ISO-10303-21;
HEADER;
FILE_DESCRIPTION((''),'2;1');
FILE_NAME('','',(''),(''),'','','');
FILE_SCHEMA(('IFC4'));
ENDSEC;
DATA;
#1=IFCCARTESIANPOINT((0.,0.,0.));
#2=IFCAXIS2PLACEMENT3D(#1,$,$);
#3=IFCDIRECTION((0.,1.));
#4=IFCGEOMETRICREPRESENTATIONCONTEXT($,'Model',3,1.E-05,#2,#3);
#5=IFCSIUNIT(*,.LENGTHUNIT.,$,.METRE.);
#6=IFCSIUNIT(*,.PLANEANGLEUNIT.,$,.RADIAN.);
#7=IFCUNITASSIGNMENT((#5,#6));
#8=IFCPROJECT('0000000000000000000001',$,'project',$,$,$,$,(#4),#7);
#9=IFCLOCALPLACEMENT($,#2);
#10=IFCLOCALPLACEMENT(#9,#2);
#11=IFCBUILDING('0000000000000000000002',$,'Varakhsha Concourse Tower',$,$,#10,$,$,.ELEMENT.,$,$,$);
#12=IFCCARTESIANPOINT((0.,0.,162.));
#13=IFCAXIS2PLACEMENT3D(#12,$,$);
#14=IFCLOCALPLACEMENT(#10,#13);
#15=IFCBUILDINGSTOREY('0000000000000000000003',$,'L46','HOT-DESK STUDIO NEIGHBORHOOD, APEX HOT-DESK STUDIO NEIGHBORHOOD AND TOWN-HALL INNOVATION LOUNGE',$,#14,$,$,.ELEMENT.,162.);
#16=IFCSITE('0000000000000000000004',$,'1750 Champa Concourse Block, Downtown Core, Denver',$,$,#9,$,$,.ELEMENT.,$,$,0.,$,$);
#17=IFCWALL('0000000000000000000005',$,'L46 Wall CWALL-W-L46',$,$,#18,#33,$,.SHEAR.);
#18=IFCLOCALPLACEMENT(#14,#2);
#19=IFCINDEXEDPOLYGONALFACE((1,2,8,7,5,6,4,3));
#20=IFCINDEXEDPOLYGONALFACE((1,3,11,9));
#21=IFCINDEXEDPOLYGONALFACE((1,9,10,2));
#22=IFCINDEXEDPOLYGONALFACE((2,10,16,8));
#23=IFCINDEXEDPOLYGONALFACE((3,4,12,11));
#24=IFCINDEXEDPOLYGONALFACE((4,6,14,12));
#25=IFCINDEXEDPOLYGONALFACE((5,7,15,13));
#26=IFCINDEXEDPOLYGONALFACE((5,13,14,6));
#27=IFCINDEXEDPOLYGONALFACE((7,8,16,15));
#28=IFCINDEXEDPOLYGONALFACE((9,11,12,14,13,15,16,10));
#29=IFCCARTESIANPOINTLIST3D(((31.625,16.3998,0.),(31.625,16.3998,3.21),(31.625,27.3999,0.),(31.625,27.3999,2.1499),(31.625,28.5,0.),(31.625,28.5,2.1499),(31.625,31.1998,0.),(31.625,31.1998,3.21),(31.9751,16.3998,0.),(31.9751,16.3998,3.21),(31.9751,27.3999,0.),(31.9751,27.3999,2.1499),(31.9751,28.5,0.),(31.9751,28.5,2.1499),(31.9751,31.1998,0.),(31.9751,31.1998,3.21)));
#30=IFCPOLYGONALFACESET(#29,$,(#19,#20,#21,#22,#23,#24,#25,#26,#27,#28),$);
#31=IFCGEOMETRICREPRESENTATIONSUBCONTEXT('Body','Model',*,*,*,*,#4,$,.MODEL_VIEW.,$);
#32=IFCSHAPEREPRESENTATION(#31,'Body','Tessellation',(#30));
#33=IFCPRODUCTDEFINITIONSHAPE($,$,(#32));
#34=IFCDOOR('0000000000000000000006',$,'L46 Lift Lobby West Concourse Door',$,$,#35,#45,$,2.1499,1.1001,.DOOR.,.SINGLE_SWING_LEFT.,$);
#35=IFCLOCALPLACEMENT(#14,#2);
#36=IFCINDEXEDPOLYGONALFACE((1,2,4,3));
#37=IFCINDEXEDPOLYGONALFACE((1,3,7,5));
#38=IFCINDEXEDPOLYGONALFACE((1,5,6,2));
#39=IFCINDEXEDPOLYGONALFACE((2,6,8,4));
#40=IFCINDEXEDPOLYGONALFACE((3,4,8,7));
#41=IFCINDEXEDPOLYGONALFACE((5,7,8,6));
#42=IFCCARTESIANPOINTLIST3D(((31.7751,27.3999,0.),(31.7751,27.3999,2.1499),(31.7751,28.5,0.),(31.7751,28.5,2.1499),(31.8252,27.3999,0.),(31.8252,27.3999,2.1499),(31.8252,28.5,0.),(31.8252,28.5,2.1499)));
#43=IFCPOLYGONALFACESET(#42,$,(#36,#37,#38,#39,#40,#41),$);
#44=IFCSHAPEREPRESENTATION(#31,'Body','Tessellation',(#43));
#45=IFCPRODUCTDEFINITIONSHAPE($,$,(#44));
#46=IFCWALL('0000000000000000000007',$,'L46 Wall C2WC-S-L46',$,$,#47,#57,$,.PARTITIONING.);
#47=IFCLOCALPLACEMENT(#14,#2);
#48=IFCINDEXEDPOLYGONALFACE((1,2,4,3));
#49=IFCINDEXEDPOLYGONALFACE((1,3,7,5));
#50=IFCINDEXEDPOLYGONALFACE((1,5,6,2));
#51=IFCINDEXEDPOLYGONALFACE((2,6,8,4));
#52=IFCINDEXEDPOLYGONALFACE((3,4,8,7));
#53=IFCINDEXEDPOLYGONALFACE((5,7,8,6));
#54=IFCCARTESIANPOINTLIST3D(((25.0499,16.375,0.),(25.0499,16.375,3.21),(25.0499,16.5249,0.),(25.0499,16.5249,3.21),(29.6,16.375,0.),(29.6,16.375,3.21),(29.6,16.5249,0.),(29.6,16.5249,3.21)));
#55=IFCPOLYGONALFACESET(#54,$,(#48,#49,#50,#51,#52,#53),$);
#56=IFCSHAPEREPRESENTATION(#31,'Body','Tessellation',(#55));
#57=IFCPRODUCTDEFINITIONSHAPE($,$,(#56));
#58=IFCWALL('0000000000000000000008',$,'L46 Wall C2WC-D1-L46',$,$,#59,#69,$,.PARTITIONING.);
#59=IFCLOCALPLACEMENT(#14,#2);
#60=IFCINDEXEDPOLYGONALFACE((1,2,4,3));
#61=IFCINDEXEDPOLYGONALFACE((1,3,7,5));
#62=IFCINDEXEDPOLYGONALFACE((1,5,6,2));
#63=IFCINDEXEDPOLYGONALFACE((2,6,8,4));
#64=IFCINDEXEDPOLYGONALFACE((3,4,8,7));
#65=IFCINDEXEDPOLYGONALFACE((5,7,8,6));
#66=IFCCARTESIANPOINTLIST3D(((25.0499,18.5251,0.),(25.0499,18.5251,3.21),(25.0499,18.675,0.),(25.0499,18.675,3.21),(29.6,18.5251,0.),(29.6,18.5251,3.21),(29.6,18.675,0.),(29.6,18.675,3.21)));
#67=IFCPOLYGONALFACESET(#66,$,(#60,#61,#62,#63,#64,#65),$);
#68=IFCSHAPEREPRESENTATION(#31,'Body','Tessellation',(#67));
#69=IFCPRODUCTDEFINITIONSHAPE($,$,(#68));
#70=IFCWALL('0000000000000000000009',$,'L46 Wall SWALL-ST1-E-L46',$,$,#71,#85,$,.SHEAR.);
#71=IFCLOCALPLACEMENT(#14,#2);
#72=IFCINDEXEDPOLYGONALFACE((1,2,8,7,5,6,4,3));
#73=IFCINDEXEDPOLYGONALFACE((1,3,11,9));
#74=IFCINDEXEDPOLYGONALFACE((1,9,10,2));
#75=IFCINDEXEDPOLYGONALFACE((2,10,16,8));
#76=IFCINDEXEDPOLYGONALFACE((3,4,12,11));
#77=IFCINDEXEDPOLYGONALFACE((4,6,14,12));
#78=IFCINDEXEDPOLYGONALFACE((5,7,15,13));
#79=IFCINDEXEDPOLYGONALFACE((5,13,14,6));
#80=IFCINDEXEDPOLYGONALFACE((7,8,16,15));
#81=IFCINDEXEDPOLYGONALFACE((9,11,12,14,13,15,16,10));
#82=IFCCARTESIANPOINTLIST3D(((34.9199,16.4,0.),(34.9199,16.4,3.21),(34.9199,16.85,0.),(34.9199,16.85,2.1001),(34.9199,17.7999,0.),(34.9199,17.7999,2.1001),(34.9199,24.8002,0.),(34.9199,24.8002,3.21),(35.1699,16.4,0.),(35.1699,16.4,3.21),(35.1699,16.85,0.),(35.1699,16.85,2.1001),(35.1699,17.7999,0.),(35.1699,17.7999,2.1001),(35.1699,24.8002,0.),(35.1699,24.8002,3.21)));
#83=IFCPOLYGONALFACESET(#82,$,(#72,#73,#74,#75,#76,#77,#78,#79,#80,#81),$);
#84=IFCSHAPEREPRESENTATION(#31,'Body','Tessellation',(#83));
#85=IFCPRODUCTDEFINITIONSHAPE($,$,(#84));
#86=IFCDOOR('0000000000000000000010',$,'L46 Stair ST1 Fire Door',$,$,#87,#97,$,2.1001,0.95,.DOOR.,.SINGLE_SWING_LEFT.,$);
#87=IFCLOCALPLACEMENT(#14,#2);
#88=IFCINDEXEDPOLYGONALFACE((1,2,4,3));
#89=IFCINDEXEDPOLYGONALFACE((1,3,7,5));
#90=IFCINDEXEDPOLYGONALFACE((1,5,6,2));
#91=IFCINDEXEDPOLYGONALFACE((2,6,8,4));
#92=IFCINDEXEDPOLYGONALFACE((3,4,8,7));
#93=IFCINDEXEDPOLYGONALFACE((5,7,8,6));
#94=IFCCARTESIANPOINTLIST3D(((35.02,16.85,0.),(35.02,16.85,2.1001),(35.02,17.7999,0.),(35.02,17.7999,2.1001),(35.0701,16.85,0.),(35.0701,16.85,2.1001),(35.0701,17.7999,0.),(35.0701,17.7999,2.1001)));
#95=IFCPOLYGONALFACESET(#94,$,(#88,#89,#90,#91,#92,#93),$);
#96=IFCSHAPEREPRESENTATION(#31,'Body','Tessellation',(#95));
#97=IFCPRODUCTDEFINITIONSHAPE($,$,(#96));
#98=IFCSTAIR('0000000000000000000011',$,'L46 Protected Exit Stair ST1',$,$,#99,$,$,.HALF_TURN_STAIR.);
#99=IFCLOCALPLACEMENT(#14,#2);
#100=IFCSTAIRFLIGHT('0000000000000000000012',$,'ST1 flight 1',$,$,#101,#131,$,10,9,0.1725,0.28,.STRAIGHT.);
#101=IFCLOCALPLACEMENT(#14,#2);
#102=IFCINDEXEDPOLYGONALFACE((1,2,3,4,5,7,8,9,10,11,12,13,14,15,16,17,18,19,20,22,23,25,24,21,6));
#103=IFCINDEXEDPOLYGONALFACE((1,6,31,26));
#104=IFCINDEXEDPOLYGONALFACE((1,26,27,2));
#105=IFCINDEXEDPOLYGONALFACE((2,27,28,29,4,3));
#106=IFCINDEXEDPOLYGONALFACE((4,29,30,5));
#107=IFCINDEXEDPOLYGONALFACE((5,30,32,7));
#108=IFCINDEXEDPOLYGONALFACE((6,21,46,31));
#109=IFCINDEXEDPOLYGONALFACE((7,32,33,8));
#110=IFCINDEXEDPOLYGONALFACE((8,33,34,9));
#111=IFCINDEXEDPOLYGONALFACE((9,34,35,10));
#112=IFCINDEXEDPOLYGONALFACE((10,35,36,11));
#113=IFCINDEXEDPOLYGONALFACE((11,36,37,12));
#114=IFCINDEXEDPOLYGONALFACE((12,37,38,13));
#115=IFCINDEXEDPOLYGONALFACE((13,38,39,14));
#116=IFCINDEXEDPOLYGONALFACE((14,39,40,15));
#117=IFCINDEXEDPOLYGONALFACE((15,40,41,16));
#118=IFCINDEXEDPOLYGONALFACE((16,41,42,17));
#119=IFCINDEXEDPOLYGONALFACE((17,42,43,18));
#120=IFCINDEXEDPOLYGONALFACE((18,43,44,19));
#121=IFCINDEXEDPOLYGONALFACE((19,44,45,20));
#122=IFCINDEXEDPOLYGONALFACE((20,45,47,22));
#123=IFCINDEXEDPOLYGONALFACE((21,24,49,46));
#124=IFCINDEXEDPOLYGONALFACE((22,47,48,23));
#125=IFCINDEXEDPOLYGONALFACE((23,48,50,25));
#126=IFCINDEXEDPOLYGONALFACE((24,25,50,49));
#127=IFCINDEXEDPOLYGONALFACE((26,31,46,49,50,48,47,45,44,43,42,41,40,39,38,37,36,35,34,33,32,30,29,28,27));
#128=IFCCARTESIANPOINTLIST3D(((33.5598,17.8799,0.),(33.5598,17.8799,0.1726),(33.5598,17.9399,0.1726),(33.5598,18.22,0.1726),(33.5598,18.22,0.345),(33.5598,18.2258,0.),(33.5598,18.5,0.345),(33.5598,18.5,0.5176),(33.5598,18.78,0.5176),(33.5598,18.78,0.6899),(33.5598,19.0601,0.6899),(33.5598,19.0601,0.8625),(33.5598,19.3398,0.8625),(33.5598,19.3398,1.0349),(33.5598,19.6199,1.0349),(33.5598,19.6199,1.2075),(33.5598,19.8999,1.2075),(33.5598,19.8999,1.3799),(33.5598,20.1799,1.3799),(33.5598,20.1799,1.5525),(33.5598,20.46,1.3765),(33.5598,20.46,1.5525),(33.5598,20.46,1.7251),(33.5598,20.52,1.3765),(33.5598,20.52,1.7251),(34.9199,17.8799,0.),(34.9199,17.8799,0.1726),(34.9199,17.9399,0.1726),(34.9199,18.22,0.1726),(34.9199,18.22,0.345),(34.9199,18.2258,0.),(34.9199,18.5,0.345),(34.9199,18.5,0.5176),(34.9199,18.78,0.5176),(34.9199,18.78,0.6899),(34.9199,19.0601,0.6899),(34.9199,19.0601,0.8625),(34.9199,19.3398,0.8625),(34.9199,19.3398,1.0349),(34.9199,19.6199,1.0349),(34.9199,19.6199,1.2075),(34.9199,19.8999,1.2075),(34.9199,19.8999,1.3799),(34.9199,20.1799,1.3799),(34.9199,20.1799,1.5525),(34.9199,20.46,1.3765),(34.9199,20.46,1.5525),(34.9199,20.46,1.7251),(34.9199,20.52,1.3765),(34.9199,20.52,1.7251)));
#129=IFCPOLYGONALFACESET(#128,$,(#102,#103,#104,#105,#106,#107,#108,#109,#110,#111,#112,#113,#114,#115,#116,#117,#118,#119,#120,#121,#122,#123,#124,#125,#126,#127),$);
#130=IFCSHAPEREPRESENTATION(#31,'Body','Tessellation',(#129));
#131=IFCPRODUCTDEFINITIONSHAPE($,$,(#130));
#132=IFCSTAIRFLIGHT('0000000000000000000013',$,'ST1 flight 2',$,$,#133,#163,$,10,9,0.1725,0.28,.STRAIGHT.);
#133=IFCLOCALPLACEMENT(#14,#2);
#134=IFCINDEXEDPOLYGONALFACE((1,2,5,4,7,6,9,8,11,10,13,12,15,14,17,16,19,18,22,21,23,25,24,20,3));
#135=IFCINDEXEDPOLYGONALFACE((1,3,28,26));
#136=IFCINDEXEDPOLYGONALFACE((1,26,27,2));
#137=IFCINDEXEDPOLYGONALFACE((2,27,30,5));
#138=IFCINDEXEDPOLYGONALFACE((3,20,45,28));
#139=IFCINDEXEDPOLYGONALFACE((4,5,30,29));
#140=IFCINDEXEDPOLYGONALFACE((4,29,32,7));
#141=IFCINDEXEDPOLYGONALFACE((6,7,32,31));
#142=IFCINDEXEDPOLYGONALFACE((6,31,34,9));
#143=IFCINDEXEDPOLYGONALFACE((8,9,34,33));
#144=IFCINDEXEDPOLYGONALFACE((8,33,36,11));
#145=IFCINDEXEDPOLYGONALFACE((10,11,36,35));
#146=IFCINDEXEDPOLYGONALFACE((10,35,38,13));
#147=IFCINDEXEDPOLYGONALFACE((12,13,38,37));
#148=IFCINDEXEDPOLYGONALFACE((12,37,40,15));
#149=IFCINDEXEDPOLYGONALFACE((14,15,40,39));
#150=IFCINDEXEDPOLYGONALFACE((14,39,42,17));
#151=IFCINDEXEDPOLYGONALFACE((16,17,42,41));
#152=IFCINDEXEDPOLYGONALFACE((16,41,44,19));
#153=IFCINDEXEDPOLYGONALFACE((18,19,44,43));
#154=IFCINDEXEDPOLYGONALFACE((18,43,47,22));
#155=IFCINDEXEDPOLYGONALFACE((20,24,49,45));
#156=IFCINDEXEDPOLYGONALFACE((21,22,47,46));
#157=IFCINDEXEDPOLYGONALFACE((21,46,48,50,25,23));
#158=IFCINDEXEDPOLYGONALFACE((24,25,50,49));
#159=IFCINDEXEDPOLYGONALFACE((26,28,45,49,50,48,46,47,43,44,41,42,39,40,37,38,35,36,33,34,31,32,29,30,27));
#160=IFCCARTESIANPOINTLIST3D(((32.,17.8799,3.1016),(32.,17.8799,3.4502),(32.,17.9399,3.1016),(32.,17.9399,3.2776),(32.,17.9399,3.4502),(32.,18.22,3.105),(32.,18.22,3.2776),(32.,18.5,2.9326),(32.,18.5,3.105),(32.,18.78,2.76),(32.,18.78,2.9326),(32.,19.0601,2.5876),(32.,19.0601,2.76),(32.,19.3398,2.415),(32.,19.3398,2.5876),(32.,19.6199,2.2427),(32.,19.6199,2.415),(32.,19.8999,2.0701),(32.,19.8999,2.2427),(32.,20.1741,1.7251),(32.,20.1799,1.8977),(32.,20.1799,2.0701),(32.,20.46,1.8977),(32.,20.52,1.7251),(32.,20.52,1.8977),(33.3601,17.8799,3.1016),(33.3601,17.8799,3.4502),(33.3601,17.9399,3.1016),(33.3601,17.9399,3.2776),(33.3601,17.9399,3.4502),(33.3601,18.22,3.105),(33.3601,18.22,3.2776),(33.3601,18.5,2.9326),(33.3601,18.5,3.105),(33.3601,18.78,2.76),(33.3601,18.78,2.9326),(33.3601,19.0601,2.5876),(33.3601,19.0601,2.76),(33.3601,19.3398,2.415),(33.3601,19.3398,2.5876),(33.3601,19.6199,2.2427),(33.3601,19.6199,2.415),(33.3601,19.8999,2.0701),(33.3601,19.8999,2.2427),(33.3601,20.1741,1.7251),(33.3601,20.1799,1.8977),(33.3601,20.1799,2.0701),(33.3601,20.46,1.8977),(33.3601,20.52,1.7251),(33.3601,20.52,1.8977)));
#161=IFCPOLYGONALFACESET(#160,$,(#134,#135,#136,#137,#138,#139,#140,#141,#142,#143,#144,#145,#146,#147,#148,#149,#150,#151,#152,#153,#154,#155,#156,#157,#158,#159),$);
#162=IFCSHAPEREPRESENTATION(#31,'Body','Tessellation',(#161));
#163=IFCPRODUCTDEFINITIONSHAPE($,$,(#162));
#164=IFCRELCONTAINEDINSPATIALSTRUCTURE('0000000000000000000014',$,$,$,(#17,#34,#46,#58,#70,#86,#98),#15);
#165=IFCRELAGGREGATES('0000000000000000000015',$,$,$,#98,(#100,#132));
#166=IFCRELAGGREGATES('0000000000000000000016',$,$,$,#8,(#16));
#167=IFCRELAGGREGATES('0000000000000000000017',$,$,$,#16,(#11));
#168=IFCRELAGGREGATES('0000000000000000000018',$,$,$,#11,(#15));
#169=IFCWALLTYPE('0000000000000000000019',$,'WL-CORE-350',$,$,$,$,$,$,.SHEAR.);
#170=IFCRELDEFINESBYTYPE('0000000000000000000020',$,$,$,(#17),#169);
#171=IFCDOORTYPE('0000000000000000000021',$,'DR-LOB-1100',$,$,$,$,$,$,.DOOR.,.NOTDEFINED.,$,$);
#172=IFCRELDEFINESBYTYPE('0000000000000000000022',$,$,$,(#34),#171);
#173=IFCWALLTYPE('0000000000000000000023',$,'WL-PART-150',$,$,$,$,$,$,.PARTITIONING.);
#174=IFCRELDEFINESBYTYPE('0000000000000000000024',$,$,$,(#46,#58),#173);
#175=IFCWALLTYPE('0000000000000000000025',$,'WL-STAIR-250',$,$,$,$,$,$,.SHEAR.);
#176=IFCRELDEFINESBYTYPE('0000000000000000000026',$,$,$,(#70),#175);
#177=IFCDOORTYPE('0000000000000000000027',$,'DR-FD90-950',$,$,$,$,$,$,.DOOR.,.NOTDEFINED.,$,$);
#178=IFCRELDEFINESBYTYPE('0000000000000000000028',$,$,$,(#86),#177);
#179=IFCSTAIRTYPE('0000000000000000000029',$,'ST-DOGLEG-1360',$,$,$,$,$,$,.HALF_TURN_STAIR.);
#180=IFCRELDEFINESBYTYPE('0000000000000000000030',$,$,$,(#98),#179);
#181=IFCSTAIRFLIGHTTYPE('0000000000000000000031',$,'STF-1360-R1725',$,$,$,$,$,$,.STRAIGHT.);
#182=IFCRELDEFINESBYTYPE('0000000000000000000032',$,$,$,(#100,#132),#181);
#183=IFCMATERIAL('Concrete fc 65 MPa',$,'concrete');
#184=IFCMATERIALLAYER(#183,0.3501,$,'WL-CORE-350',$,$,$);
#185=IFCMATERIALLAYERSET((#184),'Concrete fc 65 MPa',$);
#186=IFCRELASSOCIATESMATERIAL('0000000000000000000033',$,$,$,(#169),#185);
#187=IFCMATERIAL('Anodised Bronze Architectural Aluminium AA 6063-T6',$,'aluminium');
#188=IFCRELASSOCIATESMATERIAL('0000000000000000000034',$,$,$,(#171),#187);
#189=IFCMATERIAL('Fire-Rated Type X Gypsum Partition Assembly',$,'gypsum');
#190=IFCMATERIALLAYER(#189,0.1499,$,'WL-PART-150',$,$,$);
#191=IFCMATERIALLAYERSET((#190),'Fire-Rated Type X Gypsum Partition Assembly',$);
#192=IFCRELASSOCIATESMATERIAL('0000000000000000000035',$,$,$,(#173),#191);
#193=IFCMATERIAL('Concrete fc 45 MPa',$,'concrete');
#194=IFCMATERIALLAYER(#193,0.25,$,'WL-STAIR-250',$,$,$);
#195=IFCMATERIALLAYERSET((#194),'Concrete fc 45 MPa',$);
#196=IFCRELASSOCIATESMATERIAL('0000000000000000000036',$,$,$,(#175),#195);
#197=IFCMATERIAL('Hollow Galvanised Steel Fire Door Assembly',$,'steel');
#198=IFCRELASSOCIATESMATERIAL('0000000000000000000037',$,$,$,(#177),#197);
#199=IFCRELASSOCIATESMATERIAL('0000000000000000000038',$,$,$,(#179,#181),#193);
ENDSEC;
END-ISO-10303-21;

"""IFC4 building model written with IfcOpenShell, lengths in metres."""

from ifc_helpers import new_model, si_unit, direction, frame, frame_2d, origin, place, context, subcontext, project, spatial, polyline, rectangle, outline, extrude, material, layer, layer_set, type_object, element, fill, aggregate, save


model = new_model("IFC4")

# Units and contexts
model_context = context("Model", 3, precision=1e-05, world=origin(), true_north=direction((0.0, 1.0)))
body_context = subcontext(model_context, "Body", "Model", "MODEL_VIEW")
ifc_project = project(units=[si_unit("LENGTHUNIT", "METRE"), si_unit("PLANEANGLEUNIT", "RADIAN")], contexts=[model_context])

# Site, building, storey
site_placement = place(None, origin())
site = spatial("IfcSite", under=ifc_project, at=site_placement, Name="1750 Champa Concourse Block, Downtown Core, Denver", CompositionType="ELEMENT", RefElevation=0.0)
building_placement = place(site_placement, origin())
building = spatial("IfcBuilding", under=site, at=building_placement, Name="Varakhsha Concourse Tower", CompositionType="ELEMENT")
storey_placement = place(building_placement, frame((0.0, 0.0, 162.0)))
storey = spatial("IfcBuildingStorey", under=building, at=storey_placement, Name="L46", Description="HOT-DESK STUDIO NEIGHBORHOOD, APEX HOT-DESK STUDIO NEIGHBORHOOD AND TOWN-HALL INNOVATION LOUNGE", CompositionType="ELEMENT", Elevation=162.0)

# Shared definitions
ifc_material_1 = material(Name="Concrete fc 65 MPa", Category="concrete")

# Shared definitions
ifc_layer_1 = layer(ifc_material_1, 0.3501, Name="WL-CORE-350")
ifc_layer_set_1 = layer_set([ifc_layer_1], Name="Concrete fc 65 MPa")
wall_type_1 = type_object("IfcWallType", Name="WL-CORE-350", PredefinedType="SHEAR", material=ifc_layer_set_1)
ifc_material_2 = material(Name="Hollow Galvanised Steel Fire Door Assembly", Category="steel")

# Wall, opening, door
wall_1_placement = place(storey_placement, frame((31.8, 16.3999, 0.0), z_axis=(0.0, 0.0, 1.0), x_axis=(0.0, 1.0, 0.0)))
wall_1 = element("IfcWall", 1, at=wall_1_placement, inside=storey, type_object=wall_type_1, Name="L46 Wall CWALL-W-L46", PredefinedType="SHEAR", context=body_context, shape_type="SweptSolid", body=[
    extrude(rectangle(XDim=14.8, YDim=0.3501, at=frame_2d((7.3999, 0.0))), origin(), (0.0, 0.0, 1.0), 3.21),
])
opening_1_placement = place(wall_1_placement, frame((11.0, 0.0, 0.0)))
opening_1 = element("IfcOpeningElement", 2, at=opening_1_placement, cuts=wall_1, PredefinedType="OPENING", context=body_context, shape_type="SweptSolid", body=[
    extrude(rectangle(XDim=1.1001, YDim=2.1499, at=frame_2d((0.55, 1.075))), frame((0.0, 0.1851, 0.0), z_axis=(0.0, -1.0, 0.0), x_axis=(1.0, 0.0, 0.0)), (0.0, 0.0, 1.0), 0.3701),
])
ifc_material_3 = material(Name="Anodised Bronze Architectural Aluminium AA 6063-T6", Category="aluminium")
door_type_1 = type_object("IfcDoorType", Name="DR-LOB-1100", OperationType="NOTDEFINED", PredefinedType="DOOR", material=ifc_material_3)
door_1_placement = place(opening_1_placement, origin())
door_1 = element("IfcDoor", 3, at=door_1_placement, inside=storey, type_object=door_type_1, Name="L46 Lift Lobby West Concourse Door", OperationType="SINGLE_SWING_LEFT", OverallHeight=2.1499, OverallWidth=1.1001, PredefinedType="DOOR", context=body_context, shape_type="SweptSolid", body=[
    extrude(rectangle(XDim=1.1001, YDim=2.1499, at=frame_2d((0.55, 1.075))), frame((0.0, 0.0249, 0.0), z_axis=(0.0, -1.0, 0.0), x_axis=(1.0, 0.0, 0.0)), (0.0, 0.0, 1.0), 0.05),
])
fill(opening_1, door_1)

# Walls
ifc_material_4 = material(Name="Fire-Rated Type X Gypsum Partition Assembly", Category="gypsum")
ifc_layer_2 = layer(ifc_material_4, 0.1499, Name="WL-PART-150")
ifc_layer_set_2 = layer_set([ifc_layer_2], Name="Fire-Rated Type X Gypsum Partition Assembly")
wall_type_2 = type_object("IfcWallType", Name="WL-PART-150", PredefinedType="PARTITIONING", material=ifc_layer_set_2)
for number, where, z_axis, x_axis, name in (
    (4, (25.05, 16.45, 0.0), (0.0, 0.0, 1.0), (1.0, 0.0, 0.0), "L46 Wall C2WC-S-L46"),
    (5, (25.05, 18.6001, 0.0), (0.0, 0.0, 1.0), (1.0, 0.0, 0.0), "L46 Wall C2WC-D1-L46"),
):
    element("IfcWall", number, at=place(storey_placement, frame(where, z_axis=z_axis, x_axis=x_axis)), inside=storey, type_object=wall_type_2, Name=name, PredefinedType="PARTITIONING", context=body_context, shape_type="SweptSolid", body=[
        extrude(rectangle(XDim=4.55, YDim=0.1499, at=frame_2d((2.2749, 0.0))), origin(), (0.0, 0.0, 1.0), 3.21),
    ])

# Wall, opening, door
ifc_material_5 = material(Name="Concrete fc 45 MPa", Category="concrete")
ifc_layer_3 = layer(ifc_material_5, 0.25, Name="WL-STAIR-250")
ifc_layer_set_3 = layer_set([ifc_layer_3], Name="Concrete fc 45 MPa")
wall_type_3 = type_object("IfcWallType", Name="WL-STAIR-250", PredefinedType="SHEAR", material=ifc_layer_set_3)
wall_2_placement = place(storey_placement, frame((35.0449, 16.3999, 0.0), z_axis=(0.0, 0.0, 1.0), x_axis=(0.0, 1.0, 0.0)))
wall_2 = element("IfcWall", 6, at=wall_2_placement, inside=storey, type_object=wall_type_3, Name="L46 Wall SWALL-ST1-E-L46", PredefinedType="SHEAR", context=body_context, shape_type="SweptSolid", body=[
    extrude(rectangle(XDim=8.4001, YDim=0.25, at=frame_2d((4.2002, 0.0))), origin(), (0.0, 0.0, 1.0), 3.21),
])
opening_2_placement = place(wall_2_placement, frame((0.45, 0.0, 0.0)))
opening_2 = element("IfcOpeningElement", 7, at=opening_2_placement, cuts=wall_2, PredefinedType="OPENING", context=body_context, shape_type="SweptSolid", body=[
    extrude(rectangle(XDim=0.95, YDim=2.1001, at=frame_2d((0.4751, 1.05))), frame((0.0, 0.135, 0.0), z_axis=(0.0, -1.0, 0.0), x_axis=(1.0, 0.0, 0.0)), (0.0, 0.0, 1.0), 0.27),
])
door_type_2 = type_object("IfcDoorType", Name="DR-FD90-950", OperationType="NOTDEFINED", PredefinedType="DOOR", material=ifc_material_2)
door_2_placement = place(opening_2_placement, origin())
door_2 = element("IfcDoor", 8, at=door_2_placement, inside=storey, type_object=door_type_2, Name="L46 Stair ST1 Fire Door", OperationType="SINGLE_SWING_LEFT", OverallHeight=2.1001, OverallWidth=0.95, PredefinedType="DOOR", context=body_context, shape_type="SweptSolid", body=[
    extrude(rectangle(XDim=0.95, YDim=2.1001, at=frame_2d((0.4751, 1.05))), frame((0.0, 0.0249, 0.0), z_axis=(0.0, -1.0, 0.0), x_axis=(1.0, 0.0, 0.0)), (0.0, 0.0, 1.0), 0.05),
])
fill(opening_2, door_2)

# Stair, stair flights
stair_type = type_object("IfcStairType", Name="ST-DOGLEG-1360", PredefinedType="HALF_TURN_STAIR", material=ifc_material_5)
stair_placement = place(storey_placement, origin())
stair = element("IfcStair", 9, at=stair_placement, inside=storey, type_object=stair_type, Name="L46 Protected Exit Stair ST1", PredefinedType="HALF_TURN_STAIR")
stair_flight_type = type_object("IfcStairFlightType", Name="STF-1360-R1725", PredefinedType="STRAIGHT", material=ifc_material_5)
stair_flight_1_placement = place(storey_placement, frame((34.24, 17.9399, 0.0), z_axis=(0.0, 0.0, 1.0), x_axis=(0.0, 1.0, 0.0)))
stair_flight_1 = element("IfcStairFlight", 10, at=stair_flight_1_placement, type_object=stair_flight_type, Name="ST1 flight 1", NumberOfRisers=10, NumberOfTreads=9, PredefinedType="STRAIGHT", RiserHeight=0.1725, TreadLength=0.28, context=body_context, shape_type="SweptSolid", body=[
    extrude(outline(polyline([(-0.0601, 0.0), (-0.0601, 0.1726), (0.0, 0.1726), (0.28, 0.1726), (0.28, 0.345), (0.5601, 0.345), (0.5601, 0.5176), (0.8401, 0.5176), (0.8401, 0.6899), (1.1201, 0.6899), (1.1201, 0.8625), (1.3999, 0.8625), (1.3999, 1.0349), (1.6799, 1.0349), (1.6799, 1.2075), (1.96, 1.2075), (1.96, 1.3799), (2.24, 1.3799), (2.24, 1.5525), (2.52, 1.5525), (2.52, 1.7251), (2.5801, 1.7251), (2.5801, 1.3765), (2.52, 1.3765), (0.2859, 0.0), (-0.0601, 0.0)])), frame((0.0, 0.6802, 0.0), z_axis=(0.0, -1.0, 0.0), x_axis=(1.0, 0.0, 0.0)), (0.0, 0.0, 1.0), 1.3601),
])
stair_flight_2_placement = place(storey_placement, frame((32.6799, 20.46, 1.7251), z_axis=(0.0, 0.0, 1.0), x_axis=(0.0, -1.0, 0.0)))
stair_flight_2 = element("IfcStairFlight", 11, at=stair_flight_2_placement, type_object=stair_flight_type, Name="ST1 flight 2", NumberOfRisers=10, NumberOfTreads=9, PredefinedType="STRAIGHT", RiserHeight=0.1725, TreadLength=0.28, context=body_context, shape_type="SweptSolid", body=[
    extrude(outline(polyline([(-0.0601, 0.0), (-0.0601, 0.1726), (0.0, 0.1726), (0.28, 0.1726), (0.28, 0.345), (0.5601, 0.345), (0.5601, 0.5176), (0.8401, 0.5176), (0.8401, 0.6899), (1.1201, 0.6899), (1.1201, 0.8625), (1.3999, 0.8625), (1.3999, 1.0349), (1.6799, 1.0349), (1.6799, 1.2075), (1.96, 1.2075), (1.96, 1.3799), (2.24, 1.3799), (2.24, 1.5525), (2.52, 1.5525), (2.52, 1.7251), (2.5801, 1.7251), (2.5801, 1.3765), (2.52, 1.3765), (0.2859, 0.0), (-0.0601, 0.0)])), frame((0.0, 0.6802, 0.0), z_axis=(0.0, -1.0, 0.0), x_axis=(1.0, 0.0, 0.0)), (0.0, 0.0, 1.0), 1.3601),
])
aggregate(stair, [stair_flight_1, stair_flight_2])

save(model, "model.ifc")
